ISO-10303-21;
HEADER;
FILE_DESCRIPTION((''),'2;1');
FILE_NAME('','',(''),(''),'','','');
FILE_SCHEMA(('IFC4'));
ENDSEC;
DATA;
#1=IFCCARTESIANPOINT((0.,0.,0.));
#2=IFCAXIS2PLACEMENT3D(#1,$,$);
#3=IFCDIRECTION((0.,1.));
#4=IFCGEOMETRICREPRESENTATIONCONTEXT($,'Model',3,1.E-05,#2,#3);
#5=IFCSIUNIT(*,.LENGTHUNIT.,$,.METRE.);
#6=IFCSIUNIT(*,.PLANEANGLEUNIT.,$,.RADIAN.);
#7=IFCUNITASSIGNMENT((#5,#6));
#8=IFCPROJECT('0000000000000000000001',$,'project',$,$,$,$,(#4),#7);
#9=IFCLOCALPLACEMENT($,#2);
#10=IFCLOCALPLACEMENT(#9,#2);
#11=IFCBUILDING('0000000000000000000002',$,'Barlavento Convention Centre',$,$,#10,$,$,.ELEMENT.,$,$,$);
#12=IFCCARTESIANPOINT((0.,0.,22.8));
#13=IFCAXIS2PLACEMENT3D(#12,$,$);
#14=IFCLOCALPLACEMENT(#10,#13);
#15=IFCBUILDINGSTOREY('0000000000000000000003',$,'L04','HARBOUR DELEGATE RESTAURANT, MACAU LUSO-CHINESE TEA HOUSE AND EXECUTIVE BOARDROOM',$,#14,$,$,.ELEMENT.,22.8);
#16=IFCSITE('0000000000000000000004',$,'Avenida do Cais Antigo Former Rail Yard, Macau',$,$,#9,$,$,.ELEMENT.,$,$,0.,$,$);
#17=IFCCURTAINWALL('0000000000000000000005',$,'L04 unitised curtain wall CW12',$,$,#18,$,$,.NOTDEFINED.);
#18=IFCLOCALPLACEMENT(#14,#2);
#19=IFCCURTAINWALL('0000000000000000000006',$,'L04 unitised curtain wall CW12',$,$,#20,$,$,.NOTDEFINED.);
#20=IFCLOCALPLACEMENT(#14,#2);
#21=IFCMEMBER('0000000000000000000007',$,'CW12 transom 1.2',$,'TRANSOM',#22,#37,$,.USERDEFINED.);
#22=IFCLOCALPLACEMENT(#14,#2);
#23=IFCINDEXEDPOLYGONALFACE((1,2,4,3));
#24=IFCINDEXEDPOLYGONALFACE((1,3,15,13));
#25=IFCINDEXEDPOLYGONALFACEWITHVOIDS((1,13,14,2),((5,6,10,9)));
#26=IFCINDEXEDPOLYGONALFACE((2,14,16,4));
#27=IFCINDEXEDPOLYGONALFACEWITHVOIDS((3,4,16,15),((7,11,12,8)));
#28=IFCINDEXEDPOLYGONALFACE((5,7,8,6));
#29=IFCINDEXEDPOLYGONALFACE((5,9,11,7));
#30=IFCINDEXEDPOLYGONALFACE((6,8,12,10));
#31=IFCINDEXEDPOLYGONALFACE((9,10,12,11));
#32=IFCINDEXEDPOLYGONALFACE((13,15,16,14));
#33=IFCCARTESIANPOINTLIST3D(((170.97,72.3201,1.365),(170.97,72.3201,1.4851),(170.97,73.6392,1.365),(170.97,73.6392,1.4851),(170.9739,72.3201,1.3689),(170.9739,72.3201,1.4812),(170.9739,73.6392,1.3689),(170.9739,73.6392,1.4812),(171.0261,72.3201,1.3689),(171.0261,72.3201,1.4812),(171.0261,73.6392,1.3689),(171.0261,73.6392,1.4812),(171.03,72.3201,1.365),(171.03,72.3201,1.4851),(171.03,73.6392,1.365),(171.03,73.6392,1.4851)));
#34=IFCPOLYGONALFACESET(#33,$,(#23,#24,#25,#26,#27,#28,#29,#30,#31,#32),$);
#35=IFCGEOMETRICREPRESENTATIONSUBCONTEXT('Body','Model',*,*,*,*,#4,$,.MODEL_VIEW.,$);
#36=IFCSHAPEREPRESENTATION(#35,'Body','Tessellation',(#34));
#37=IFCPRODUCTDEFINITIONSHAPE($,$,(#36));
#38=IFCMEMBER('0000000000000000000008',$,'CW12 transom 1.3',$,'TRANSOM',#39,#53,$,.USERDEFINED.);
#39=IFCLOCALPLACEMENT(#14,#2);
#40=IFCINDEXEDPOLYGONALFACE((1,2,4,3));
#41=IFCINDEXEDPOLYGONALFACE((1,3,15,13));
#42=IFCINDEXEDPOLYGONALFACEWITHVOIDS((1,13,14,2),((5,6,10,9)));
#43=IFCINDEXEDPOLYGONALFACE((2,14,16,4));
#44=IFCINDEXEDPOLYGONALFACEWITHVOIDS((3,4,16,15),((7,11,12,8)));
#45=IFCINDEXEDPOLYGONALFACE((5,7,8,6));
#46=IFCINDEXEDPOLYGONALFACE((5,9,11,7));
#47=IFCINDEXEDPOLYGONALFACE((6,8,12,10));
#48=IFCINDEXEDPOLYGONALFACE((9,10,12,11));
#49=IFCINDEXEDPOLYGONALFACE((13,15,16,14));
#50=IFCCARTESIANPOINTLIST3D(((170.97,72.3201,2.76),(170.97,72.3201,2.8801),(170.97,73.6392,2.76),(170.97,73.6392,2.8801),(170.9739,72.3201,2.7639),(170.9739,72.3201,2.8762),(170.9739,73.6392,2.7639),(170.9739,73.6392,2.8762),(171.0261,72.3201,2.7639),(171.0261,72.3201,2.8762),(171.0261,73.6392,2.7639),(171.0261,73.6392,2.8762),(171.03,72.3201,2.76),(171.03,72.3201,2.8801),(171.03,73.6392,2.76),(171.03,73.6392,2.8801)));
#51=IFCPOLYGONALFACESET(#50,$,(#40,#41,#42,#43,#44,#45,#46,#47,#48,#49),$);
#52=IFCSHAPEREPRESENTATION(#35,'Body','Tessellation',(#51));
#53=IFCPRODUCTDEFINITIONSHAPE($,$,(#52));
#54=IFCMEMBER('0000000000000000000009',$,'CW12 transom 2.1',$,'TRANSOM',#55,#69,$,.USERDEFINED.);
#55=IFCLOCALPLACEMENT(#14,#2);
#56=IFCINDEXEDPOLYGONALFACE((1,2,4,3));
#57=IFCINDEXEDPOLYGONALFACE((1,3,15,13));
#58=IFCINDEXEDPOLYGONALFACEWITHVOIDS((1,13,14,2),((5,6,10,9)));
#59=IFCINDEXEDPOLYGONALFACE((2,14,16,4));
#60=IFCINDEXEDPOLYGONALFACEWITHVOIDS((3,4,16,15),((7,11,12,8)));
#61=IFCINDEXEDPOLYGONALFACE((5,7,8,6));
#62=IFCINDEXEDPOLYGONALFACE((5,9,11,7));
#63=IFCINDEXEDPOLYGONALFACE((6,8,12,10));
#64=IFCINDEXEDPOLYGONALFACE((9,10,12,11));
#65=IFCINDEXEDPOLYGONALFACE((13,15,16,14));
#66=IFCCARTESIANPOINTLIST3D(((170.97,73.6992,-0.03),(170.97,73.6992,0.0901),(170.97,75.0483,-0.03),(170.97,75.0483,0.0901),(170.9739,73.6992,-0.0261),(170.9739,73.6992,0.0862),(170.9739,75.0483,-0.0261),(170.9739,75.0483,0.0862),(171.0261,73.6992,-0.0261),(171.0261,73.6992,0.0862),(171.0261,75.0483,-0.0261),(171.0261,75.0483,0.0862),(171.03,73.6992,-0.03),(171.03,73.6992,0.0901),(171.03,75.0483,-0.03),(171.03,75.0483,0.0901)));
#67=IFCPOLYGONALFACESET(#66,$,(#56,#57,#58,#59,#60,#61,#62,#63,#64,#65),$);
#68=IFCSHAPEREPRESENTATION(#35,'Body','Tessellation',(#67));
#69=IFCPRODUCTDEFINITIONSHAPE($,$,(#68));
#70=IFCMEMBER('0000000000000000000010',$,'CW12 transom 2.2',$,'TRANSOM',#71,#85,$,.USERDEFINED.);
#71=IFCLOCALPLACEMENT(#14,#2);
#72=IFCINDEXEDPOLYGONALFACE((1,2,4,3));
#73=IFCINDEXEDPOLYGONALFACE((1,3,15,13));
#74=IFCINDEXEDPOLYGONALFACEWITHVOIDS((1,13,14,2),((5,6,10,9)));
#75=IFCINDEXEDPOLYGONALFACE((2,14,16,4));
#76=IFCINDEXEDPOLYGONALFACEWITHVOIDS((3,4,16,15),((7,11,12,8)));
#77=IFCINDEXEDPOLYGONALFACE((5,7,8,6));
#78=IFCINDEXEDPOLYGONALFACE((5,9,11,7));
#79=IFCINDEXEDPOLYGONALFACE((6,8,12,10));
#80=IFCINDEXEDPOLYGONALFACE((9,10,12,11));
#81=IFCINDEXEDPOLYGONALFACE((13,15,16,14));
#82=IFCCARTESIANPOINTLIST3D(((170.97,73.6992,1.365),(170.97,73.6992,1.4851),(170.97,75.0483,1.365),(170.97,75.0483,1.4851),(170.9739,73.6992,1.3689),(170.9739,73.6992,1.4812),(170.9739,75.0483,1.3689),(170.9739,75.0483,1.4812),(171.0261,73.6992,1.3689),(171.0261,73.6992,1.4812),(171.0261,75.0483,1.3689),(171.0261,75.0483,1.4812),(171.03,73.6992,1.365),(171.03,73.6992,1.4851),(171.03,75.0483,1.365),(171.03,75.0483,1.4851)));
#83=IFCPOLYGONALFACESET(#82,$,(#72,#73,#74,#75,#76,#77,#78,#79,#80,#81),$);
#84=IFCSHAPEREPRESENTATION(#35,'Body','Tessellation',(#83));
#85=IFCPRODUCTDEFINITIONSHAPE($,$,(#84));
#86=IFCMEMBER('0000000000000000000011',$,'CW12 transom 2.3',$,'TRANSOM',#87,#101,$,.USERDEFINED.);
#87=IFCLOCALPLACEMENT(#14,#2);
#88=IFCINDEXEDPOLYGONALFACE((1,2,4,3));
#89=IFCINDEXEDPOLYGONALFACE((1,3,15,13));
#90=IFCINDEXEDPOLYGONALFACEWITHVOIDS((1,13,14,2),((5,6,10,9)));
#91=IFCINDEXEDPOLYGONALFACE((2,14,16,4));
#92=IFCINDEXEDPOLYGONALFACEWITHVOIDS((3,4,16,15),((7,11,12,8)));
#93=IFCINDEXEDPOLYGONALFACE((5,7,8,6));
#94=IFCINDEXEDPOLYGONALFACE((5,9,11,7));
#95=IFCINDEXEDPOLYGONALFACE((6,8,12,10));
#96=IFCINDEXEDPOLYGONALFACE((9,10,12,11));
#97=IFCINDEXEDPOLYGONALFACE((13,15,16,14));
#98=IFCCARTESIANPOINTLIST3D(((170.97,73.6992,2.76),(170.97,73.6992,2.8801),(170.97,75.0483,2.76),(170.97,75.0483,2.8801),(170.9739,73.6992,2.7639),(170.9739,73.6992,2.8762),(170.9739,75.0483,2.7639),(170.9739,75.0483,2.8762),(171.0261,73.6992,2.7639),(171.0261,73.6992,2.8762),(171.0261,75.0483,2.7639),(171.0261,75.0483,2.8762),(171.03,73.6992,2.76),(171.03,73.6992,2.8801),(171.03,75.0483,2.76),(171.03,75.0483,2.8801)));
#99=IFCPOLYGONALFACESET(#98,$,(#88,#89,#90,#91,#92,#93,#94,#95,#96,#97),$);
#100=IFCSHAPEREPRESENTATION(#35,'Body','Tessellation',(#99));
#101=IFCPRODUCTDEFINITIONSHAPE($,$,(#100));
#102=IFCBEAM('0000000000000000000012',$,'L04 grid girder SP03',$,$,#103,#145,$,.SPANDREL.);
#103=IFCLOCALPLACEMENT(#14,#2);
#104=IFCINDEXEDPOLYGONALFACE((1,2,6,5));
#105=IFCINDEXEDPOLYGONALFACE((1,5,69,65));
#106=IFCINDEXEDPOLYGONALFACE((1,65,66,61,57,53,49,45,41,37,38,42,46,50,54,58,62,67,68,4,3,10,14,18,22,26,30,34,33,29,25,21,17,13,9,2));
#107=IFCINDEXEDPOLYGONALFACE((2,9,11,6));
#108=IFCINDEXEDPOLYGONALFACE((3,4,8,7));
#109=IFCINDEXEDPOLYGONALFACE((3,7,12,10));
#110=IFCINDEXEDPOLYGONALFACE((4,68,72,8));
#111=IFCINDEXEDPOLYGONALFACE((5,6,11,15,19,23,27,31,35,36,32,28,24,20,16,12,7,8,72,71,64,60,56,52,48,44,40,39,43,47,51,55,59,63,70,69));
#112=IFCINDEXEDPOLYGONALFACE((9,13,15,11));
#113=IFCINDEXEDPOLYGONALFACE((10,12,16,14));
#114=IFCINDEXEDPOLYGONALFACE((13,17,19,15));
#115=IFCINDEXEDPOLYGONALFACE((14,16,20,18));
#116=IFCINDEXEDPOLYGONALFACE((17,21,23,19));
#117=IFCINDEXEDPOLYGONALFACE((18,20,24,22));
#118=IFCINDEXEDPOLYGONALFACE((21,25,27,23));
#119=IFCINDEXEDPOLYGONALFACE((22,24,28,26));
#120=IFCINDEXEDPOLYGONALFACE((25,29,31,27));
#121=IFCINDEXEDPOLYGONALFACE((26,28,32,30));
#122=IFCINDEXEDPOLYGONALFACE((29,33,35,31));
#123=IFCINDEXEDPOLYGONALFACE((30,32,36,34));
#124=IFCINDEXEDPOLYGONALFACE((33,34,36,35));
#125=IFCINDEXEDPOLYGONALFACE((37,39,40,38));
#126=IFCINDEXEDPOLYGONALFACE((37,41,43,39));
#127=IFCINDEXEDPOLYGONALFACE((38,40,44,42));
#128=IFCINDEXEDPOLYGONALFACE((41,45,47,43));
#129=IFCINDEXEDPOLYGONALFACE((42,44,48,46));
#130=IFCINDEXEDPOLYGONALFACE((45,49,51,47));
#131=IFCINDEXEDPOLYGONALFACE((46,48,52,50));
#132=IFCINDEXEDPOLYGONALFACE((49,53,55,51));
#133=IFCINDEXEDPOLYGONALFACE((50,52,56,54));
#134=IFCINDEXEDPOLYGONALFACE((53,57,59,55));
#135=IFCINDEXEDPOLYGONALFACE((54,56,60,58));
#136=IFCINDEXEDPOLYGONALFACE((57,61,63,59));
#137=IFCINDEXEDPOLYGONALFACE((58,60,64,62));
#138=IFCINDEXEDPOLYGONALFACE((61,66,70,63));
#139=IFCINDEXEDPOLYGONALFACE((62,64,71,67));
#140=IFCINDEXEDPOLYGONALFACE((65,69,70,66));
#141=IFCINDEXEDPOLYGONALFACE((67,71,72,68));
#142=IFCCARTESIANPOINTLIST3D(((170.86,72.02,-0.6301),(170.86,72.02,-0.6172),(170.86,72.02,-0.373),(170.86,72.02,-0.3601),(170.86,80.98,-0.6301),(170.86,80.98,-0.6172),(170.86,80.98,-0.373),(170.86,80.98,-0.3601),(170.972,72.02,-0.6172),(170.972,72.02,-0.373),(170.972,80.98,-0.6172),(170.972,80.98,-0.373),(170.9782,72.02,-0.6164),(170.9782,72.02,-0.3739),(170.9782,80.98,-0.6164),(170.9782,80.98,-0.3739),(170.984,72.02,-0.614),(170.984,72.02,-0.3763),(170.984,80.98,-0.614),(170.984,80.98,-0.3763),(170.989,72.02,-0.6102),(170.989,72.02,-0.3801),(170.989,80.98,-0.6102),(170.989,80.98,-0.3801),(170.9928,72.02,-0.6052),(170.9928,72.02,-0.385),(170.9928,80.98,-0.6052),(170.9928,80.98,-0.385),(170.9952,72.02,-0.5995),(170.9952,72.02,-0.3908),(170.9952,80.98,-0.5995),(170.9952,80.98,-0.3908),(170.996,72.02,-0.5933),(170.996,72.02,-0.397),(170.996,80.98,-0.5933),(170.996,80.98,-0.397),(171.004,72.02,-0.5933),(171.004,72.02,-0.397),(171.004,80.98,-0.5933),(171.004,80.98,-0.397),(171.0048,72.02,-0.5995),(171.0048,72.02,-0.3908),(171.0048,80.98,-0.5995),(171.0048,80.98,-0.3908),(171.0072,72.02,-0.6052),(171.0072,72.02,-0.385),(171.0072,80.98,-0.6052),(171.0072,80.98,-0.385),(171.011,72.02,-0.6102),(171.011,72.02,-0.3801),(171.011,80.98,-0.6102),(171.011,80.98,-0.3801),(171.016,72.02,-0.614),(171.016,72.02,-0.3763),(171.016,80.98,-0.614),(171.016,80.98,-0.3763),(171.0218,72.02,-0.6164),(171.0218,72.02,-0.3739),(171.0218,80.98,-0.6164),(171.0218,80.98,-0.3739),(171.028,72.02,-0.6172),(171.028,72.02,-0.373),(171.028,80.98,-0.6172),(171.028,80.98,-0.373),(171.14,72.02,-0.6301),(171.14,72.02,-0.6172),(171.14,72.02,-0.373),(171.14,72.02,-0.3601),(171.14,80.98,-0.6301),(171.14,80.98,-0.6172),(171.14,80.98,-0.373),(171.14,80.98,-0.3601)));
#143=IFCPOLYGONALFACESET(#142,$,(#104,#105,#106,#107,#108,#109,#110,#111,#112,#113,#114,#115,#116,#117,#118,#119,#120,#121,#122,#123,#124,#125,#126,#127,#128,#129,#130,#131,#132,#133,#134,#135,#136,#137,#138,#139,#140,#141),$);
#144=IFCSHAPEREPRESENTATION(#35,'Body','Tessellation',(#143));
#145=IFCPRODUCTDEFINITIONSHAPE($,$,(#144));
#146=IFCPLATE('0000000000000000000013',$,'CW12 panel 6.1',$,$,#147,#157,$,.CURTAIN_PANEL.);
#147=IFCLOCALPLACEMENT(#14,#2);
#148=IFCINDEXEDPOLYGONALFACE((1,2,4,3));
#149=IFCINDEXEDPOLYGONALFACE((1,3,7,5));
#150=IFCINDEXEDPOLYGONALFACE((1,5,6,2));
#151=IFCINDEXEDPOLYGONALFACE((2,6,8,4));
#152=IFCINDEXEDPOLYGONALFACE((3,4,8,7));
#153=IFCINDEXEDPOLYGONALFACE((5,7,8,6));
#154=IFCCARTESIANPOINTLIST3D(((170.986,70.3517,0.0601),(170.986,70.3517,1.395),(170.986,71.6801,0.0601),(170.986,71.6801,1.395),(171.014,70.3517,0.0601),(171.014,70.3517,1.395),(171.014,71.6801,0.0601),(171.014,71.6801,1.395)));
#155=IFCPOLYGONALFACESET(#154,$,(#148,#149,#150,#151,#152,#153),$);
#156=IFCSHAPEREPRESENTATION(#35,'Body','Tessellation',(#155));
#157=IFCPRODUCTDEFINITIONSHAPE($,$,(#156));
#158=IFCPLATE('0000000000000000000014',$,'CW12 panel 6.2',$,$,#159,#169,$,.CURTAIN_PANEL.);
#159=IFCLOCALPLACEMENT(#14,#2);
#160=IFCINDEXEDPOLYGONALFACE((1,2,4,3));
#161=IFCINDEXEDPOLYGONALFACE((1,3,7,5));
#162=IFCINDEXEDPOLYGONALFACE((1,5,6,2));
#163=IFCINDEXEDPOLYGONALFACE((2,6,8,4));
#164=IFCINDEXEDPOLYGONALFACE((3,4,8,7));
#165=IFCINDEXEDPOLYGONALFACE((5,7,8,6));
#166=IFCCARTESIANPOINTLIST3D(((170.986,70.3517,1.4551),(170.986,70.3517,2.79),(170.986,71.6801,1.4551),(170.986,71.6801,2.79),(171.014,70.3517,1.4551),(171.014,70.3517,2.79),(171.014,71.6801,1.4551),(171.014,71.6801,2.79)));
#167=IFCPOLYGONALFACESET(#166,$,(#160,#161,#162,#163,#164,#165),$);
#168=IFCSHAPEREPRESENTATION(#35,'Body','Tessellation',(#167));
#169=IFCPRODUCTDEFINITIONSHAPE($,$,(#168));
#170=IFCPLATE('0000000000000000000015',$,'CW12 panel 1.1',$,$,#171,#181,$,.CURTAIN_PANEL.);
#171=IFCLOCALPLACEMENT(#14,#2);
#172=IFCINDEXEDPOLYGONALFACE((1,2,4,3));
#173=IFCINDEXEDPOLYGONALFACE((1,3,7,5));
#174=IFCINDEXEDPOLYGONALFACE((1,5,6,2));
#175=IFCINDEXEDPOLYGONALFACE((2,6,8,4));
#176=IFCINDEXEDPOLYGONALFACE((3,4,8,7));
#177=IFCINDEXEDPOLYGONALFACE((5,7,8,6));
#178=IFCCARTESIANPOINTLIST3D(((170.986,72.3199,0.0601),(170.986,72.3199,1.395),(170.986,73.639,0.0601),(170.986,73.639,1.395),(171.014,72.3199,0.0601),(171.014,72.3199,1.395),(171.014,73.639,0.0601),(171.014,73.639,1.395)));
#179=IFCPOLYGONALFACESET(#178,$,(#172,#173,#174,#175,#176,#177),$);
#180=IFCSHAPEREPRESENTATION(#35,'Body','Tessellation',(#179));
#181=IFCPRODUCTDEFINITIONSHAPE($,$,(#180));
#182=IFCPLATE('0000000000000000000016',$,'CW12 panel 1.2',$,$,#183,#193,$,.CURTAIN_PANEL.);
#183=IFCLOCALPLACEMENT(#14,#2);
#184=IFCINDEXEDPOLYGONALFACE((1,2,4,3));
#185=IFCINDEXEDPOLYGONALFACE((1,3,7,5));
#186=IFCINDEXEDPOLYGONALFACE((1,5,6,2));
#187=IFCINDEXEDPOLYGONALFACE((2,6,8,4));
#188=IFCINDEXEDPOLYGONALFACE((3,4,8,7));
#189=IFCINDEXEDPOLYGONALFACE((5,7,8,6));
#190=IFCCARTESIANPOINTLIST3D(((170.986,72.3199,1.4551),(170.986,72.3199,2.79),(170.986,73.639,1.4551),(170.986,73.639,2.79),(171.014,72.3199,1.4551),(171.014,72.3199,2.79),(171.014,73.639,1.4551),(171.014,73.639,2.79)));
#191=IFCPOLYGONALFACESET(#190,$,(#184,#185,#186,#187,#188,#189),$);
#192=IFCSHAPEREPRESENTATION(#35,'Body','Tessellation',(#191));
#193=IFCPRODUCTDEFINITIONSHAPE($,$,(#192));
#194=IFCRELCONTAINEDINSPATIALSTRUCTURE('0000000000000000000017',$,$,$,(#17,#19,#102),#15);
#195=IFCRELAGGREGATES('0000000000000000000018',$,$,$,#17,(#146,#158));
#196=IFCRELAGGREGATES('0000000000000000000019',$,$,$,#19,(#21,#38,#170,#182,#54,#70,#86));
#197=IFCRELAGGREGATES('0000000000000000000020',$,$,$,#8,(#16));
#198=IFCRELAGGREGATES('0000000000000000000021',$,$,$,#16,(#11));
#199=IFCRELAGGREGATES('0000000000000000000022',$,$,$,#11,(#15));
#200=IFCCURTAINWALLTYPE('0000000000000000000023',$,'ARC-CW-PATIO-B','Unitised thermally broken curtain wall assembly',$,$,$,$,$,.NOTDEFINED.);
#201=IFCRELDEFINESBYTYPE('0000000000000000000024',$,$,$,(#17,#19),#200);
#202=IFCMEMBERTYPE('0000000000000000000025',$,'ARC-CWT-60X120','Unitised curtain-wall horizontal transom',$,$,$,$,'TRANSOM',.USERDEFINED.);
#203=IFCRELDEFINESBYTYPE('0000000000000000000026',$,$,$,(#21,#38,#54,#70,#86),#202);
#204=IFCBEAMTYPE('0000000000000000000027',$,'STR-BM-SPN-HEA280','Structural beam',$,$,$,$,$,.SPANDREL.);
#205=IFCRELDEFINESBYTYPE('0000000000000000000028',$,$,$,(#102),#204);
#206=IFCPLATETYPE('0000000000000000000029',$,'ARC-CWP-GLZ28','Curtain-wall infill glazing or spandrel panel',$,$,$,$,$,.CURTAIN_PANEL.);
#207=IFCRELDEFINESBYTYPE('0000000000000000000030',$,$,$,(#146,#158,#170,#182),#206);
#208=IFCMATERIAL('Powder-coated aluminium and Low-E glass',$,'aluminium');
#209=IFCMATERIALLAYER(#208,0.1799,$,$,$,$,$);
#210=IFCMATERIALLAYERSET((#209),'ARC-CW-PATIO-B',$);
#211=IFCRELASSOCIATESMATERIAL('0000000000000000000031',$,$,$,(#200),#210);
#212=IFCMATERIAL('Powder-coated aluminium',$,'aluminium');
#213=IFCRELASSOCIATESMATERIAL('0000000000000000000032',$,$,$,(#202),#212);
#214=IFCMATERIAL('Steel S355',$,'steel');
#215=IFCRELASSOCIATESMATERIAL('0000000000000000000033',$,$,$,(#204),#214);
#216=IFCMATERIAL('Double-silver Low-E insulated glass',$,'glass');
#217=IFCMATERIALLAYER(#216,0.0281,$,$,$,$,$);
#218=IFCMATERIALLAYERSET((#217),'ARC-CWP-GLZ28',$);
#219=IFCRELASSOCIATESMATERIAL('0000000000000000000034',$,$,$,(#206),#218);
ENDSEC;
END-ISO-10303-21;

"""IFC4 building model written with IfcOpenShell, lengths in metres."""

from ifc_helpers import new_model, si_unit, direction, frame, origin, origin_2d, place, context, subcontext, project, spatial, rectangle, hollow_rectangle, i_section, extrude, material, layer, layer_set, material_profile, profile_set, type_object, element, aggregate, save


model = new_model("IFC4")

# Units and contexts
model_context = context("Model", 3, precision=1e-05, world=origin(), true_north=direction((0.0, 1.0)))
body_context = subcontext(model_context, "Body", "Model", "MODEL_VIEW")
ifc_project = project(units=[si_unit("LENGTHUNIT", "METRE"), si_unit("PLANEANGLEUNIT", "RADIAN")], contexts=[model_context])

# Site, building, storey
site_placement = place(None, origin())
site = spatial("IfcSite", under=ifc_project, at=site_placement, Name="Avenida do Cais Antigo Former Rail Yard, Macau", CompositionType="ELEMENT", RefElevation=0.0)
building_placement = place(site_placement, origin())
building = spatial("IfcBuilding", under=site, at=building_placement, Name="Barlavento Convention Centre", CompositionType="ELEMENT")
storey_placement = place(building_placement, frame((0.0, 0.0, 22.8)))
storey = spatial("IfcBuildingStorey", under=building, at=storey_placement, Name="L04", Description="HARBOUR DELEGATE RESTAURANT, MACAU LUSO-CHINESE TEA HOUSE AND EXECUTIVE BOARDROOM", CompositionType="ELEMENT", Elevation=22.8)

# Shared definitions
ifc_material_1 = material(Name="Steel S355", Category="steel")

# Curtain walls
ifc_material_2 = material(Name="Powder-coated aluminium and Low-E glass", Category="aluminium")
ifc_layer_1 = layer(ifc_material_2, 0.1799)
ifc_layer_set_1 = layer_set([ifc_layer_1], Name="ARC-CW-PATIO-B")
curtain_wall_type = type_object("IfcCurtainWallType", Name="ARC-CW-PATIO-B", Description="Unitised thermally broken curtain wall assembly", PredefinedType="NOTDEFINED", material=ifc_layer_set_1)
curtain_wall_1_placement = place(storey_placement, origin())
curtain_wall_1 = element("IfcCurtainWall", 1, at=curtain_wall_1_placement, inside=storey, type_object=curtain_wall_type, Name="L04 unitised curtain wall CW12", PredefinedType="NOTDEFINED")
ifc_material_3 = material(Name="Powder-coated aluminium", Category="aluminium")
curtain_wall_2_placement = place(storey_placement, origin())
curtain_wall_2 = element("IfcCurtainWall", 2, at=curtain_wall_2_placement, inside=storey, type_object=curtain_wall_type, Name="L04 unitised curtain wall CW12", PredefinedType="NOTDEFINED")

# Members
ifc_material_profile_1 = material_profile(ifc_material_3, hollow_rectangle(XDim=0.0601, YDim=0.1201, WallThickness=0.0039, at=origin_2d()), Name="AL-TRAN 60x120x4")
ifc_profile_set_1 = profile_set([ifc_material_profile_1], Name="Powder-coated aluminium")
member_type_1 = type_object("IfcMemberType", Name="ARC-CWT-60X120", Description="Unitised curtain-wall horizontal transom", ElementType="TRANSOM", PredefinedType="USERDEFINED", material=ifc_profile_set_1)
member_1_placement = place(storey_placement, frame((171.0, 72.3201, 1.425), z_axis=(0.0, 1.0, 0.0), x_axis=(-1.0, 0.0, 0.0)))
member_1 = element("IfcMember", 3, at=member_1_placement, type_object=member_type_1, Name="CW12 transom 1.2", ObjectType="TRANSOM", PredefinedType="USERDEFINED", context=body_context, shape_type="SweptSolid", body=[
    extrude(hollow_rectangle(XDim=0.0601, YDim=0.1201, WallThickness=0.0039, at=origin_2d()), origin(), (0.0, 0.0, 1.0), 1.3191),
])
member_2_placement = place(storey_placement, frame((171.0, 72.3201, 2.8201), z_axis=(0.0, 1.0, 0.0), x_axis=(-1.0, 0.0, 0.0)))
member_2 = element("IfcMember", 4, at=member_2_placement, type_object=member_type_1, Name="CW12 transom 1.3", ObjectType="TRANSOM", PredefinedType="USERDEFINED", context=body_context, shape_type="SweptSolid", body=[
    extrude(hollow_rectangle(XDim=0.0601, YDim=0.1201, WallThickness=0.0039, at=origin_2d()), origin(), (0.0, 0.0, 1.0), 1.3191),
])
member_3_placement = place(storey_placement, frame((171.0, 73.6992, 0.03), z_axis=(0.0, 1.0, 0.0), x_axis=(-1.0, 0.0, 0.0)))
member_3 = element("IfcMember", 5, at=member_3_placement, type_object=member_type_1, Name="CW12 transom 2.1", ObjectType="TRANSOM", PredefinedType="USERDEFINED", context=body_context, shape_type="SweptSolid", body=[
    extrude(hollow_rectangle(XDim=0.0601, YDim=0.1201, WallThickness=0.0039, at=origin_2d()), origin(), (0.0, 0.0, 1.0), 1.3491),
])
member_4_placement = place(storey_placement, frame((171.0, 73.6992, 1.425), z_axis=(0.0, 1.0, 0.0), x_axis=(-1.0, 0.0, 0.0)))
member_4 = element("IfcMember", 6, at=member_4_placement, type_object=member_type_1, Name="CW12 transom 2.2", ObjectType="TRANSOM", PredefinedType="USERDEFINED", context=body_context, shape_type="SweptSolid", body=[
    extrude(hollow_rectangle(XDim=0.0601, YDim=0.1201, WallThickness=0.0039, at=origin_2d()), origin(), (0.0, 0.0, 1.0), 1.3491),
])
member_5_placement = place(storey_placement, frame((171.0, 73.6992, 2.8201), z_axis=(0.0, 1.0, 0.0), x_axis=(-1.0, 0.0, 0.0)))
member_5 = element("IfcMember", 7, at=member_5_placement, type_object=member_type_1, Name="CW12 transom 2.3", ObjectType="TRANSOM", PredefinedType="USERDEFINED", context=body_context, shape_type="SweptSolid", body=[
    extrude(hollow_rectangle(XDim=0.0601, YDim=0.1201, WallThickness=0.0039, at=origin_2d()), origin(), (0.0, 0.0, 1.0), 1.3491),
])

# Beam
ifc_material_profile_2 = material_profile(ifc_material_1, i_section(OverallWidth=0.28, OverallDepth=0.27, WebThickness=0.0081, FlangeThickness=0.0129, FilletRadius=0.0239, at=origin_2d()), Name="HEA 280")
ifc_profile_set_2 = profile_set([ifc_material_profile_2], Name="Steel S355")
beam_type = type_object("IfcBeamType", Name="STR-BM-SPN-HEA280", Description="Structural beam", PredefinedType="SPANDREL", material=ifc_profile_set_2)
beam_placement = place(storey_placement, frame((171.0, 72.02, -0.4951), z_axis=(0.0, 1.0, 0.0), x_axis=(-1.0, 0.0, 0.0)))
element("IfcBeam", 8, at=beam_placement, inside=storey, type_object=beam_type, Name="L04 grid girder SP03", PredefinedType="SPANDREL", context=body_context, shape_type="SweptSolid", body=[
    extrude(i_section(OverallWidth=0.28, OverallDepth=0.27, WebThickness=0.0081, FlangeThickness=0.0129, FilletRadius=0.0239, at=origin_2d()), origin(), (0.0, 0.0, 1.0), 8.96),
])

# Plates
ifc_material_4 = material(Name="Double-silver Low-E insulated glass", Category="glass")
ifc_layer_2 = layer(ifc_material_4, 0.0281)
ifc_layer_set_2 = layer_set([ifc_layer_2], Name="ARC-CWP-GLZ28")
plate_type = type_object("IfcPlateType", Name="ARC-CWP-GLZ28", Description="Curtain-wall infill glazing or spandrel panel", PredefinedType="CURTAIN_PANEL", material=ifc_layer_set_2)
plate_1_placement = place(storey_placement, frame((171.0, 71.0159, 0.0601), z_axis=(0.0, 0.0, 1.0), x_axis=(0.0, 1.0, 0.0)))
plate_1 = element("IfcPlate", 9, at=plate_1_placement, type_object=plate_type, Name="CW12 panel 6.1", PredefinedType="CURTAIN_PANEL", context=body_context, shape_type="SweptSolid", body=[
    extrude(rectangle(XDim=1.3284, YDim=0.0281, at=origin_2d()), origin(), (0.0, 0.0, 1.0), 1.335),
])
plate_2_placement = place(storey_placement, frame((171.0, 71.0159, 1.4551), z_axis=(0.0, 0.0, 1.0), x_axis=(0.0, 1.0, 0.0)))
plate_2 = element("IfcPlate", 10, at=plate_2_placement, type_object=plate_type, Name="CW12 panel 6.2", PredefinedType="CURTAIN_PANEL", context=body_context, shape_type="SweptSolid", body=[
    extrude(rectangle(XDim=1.3284, YDim=0.0281, at=origin_2d()), origin(), (0.0, 0.0, 1.0), 1.335),
])
aggregate(curtain_wall_1, [plate_1, plate_2])
plate_3_placement = place(storey_placement, frame((171.0, 72.9795, 0.0601), z_axis=(0.0, 0.0, 1.0), x_axis=(0.0, 1.0, 0.0)))
plate_3 = element("IfcPlate", 11, at=plate_3_placement, type_object=plate_type, Name="CW12 panel 1.1", PredefinedType="CURTAIN_PANEL", context=body_context, shape_type="SweptSolid", body=[
    extrude(rectangle(XDim=1.3191, YDim=0.0281, at=origin_2d()), origin(), (0.0, 0.0, 1.0), 1.335),
])
plate_4_placement = place(storey_placement, frame((171.0, 72.9795, 1.4551), z_axis=(0.0, 0.0, 1.0), x_axis=(0.0, 1.0, 0.0)))
plate_4 = element("IfcPlate", 12, at=plate_4_placement, type_object=plate_type, Name="CW12 panel 1.2", PredefinedType="CURTAIN_PANEL", context=body_context, shape_type="SweptSolid", body=[
    extrude(rectangle(XDim=1.3191, YDim=0.0281, at=origin_2d()), origin(), (0.0, 0.0, 1.0), 1.335),
])
aggregate(curtain_wall_2, [member_1, member_2, plate_3, plate_4, member_3, member_4, member_5])

save(model, "model.ifc")
